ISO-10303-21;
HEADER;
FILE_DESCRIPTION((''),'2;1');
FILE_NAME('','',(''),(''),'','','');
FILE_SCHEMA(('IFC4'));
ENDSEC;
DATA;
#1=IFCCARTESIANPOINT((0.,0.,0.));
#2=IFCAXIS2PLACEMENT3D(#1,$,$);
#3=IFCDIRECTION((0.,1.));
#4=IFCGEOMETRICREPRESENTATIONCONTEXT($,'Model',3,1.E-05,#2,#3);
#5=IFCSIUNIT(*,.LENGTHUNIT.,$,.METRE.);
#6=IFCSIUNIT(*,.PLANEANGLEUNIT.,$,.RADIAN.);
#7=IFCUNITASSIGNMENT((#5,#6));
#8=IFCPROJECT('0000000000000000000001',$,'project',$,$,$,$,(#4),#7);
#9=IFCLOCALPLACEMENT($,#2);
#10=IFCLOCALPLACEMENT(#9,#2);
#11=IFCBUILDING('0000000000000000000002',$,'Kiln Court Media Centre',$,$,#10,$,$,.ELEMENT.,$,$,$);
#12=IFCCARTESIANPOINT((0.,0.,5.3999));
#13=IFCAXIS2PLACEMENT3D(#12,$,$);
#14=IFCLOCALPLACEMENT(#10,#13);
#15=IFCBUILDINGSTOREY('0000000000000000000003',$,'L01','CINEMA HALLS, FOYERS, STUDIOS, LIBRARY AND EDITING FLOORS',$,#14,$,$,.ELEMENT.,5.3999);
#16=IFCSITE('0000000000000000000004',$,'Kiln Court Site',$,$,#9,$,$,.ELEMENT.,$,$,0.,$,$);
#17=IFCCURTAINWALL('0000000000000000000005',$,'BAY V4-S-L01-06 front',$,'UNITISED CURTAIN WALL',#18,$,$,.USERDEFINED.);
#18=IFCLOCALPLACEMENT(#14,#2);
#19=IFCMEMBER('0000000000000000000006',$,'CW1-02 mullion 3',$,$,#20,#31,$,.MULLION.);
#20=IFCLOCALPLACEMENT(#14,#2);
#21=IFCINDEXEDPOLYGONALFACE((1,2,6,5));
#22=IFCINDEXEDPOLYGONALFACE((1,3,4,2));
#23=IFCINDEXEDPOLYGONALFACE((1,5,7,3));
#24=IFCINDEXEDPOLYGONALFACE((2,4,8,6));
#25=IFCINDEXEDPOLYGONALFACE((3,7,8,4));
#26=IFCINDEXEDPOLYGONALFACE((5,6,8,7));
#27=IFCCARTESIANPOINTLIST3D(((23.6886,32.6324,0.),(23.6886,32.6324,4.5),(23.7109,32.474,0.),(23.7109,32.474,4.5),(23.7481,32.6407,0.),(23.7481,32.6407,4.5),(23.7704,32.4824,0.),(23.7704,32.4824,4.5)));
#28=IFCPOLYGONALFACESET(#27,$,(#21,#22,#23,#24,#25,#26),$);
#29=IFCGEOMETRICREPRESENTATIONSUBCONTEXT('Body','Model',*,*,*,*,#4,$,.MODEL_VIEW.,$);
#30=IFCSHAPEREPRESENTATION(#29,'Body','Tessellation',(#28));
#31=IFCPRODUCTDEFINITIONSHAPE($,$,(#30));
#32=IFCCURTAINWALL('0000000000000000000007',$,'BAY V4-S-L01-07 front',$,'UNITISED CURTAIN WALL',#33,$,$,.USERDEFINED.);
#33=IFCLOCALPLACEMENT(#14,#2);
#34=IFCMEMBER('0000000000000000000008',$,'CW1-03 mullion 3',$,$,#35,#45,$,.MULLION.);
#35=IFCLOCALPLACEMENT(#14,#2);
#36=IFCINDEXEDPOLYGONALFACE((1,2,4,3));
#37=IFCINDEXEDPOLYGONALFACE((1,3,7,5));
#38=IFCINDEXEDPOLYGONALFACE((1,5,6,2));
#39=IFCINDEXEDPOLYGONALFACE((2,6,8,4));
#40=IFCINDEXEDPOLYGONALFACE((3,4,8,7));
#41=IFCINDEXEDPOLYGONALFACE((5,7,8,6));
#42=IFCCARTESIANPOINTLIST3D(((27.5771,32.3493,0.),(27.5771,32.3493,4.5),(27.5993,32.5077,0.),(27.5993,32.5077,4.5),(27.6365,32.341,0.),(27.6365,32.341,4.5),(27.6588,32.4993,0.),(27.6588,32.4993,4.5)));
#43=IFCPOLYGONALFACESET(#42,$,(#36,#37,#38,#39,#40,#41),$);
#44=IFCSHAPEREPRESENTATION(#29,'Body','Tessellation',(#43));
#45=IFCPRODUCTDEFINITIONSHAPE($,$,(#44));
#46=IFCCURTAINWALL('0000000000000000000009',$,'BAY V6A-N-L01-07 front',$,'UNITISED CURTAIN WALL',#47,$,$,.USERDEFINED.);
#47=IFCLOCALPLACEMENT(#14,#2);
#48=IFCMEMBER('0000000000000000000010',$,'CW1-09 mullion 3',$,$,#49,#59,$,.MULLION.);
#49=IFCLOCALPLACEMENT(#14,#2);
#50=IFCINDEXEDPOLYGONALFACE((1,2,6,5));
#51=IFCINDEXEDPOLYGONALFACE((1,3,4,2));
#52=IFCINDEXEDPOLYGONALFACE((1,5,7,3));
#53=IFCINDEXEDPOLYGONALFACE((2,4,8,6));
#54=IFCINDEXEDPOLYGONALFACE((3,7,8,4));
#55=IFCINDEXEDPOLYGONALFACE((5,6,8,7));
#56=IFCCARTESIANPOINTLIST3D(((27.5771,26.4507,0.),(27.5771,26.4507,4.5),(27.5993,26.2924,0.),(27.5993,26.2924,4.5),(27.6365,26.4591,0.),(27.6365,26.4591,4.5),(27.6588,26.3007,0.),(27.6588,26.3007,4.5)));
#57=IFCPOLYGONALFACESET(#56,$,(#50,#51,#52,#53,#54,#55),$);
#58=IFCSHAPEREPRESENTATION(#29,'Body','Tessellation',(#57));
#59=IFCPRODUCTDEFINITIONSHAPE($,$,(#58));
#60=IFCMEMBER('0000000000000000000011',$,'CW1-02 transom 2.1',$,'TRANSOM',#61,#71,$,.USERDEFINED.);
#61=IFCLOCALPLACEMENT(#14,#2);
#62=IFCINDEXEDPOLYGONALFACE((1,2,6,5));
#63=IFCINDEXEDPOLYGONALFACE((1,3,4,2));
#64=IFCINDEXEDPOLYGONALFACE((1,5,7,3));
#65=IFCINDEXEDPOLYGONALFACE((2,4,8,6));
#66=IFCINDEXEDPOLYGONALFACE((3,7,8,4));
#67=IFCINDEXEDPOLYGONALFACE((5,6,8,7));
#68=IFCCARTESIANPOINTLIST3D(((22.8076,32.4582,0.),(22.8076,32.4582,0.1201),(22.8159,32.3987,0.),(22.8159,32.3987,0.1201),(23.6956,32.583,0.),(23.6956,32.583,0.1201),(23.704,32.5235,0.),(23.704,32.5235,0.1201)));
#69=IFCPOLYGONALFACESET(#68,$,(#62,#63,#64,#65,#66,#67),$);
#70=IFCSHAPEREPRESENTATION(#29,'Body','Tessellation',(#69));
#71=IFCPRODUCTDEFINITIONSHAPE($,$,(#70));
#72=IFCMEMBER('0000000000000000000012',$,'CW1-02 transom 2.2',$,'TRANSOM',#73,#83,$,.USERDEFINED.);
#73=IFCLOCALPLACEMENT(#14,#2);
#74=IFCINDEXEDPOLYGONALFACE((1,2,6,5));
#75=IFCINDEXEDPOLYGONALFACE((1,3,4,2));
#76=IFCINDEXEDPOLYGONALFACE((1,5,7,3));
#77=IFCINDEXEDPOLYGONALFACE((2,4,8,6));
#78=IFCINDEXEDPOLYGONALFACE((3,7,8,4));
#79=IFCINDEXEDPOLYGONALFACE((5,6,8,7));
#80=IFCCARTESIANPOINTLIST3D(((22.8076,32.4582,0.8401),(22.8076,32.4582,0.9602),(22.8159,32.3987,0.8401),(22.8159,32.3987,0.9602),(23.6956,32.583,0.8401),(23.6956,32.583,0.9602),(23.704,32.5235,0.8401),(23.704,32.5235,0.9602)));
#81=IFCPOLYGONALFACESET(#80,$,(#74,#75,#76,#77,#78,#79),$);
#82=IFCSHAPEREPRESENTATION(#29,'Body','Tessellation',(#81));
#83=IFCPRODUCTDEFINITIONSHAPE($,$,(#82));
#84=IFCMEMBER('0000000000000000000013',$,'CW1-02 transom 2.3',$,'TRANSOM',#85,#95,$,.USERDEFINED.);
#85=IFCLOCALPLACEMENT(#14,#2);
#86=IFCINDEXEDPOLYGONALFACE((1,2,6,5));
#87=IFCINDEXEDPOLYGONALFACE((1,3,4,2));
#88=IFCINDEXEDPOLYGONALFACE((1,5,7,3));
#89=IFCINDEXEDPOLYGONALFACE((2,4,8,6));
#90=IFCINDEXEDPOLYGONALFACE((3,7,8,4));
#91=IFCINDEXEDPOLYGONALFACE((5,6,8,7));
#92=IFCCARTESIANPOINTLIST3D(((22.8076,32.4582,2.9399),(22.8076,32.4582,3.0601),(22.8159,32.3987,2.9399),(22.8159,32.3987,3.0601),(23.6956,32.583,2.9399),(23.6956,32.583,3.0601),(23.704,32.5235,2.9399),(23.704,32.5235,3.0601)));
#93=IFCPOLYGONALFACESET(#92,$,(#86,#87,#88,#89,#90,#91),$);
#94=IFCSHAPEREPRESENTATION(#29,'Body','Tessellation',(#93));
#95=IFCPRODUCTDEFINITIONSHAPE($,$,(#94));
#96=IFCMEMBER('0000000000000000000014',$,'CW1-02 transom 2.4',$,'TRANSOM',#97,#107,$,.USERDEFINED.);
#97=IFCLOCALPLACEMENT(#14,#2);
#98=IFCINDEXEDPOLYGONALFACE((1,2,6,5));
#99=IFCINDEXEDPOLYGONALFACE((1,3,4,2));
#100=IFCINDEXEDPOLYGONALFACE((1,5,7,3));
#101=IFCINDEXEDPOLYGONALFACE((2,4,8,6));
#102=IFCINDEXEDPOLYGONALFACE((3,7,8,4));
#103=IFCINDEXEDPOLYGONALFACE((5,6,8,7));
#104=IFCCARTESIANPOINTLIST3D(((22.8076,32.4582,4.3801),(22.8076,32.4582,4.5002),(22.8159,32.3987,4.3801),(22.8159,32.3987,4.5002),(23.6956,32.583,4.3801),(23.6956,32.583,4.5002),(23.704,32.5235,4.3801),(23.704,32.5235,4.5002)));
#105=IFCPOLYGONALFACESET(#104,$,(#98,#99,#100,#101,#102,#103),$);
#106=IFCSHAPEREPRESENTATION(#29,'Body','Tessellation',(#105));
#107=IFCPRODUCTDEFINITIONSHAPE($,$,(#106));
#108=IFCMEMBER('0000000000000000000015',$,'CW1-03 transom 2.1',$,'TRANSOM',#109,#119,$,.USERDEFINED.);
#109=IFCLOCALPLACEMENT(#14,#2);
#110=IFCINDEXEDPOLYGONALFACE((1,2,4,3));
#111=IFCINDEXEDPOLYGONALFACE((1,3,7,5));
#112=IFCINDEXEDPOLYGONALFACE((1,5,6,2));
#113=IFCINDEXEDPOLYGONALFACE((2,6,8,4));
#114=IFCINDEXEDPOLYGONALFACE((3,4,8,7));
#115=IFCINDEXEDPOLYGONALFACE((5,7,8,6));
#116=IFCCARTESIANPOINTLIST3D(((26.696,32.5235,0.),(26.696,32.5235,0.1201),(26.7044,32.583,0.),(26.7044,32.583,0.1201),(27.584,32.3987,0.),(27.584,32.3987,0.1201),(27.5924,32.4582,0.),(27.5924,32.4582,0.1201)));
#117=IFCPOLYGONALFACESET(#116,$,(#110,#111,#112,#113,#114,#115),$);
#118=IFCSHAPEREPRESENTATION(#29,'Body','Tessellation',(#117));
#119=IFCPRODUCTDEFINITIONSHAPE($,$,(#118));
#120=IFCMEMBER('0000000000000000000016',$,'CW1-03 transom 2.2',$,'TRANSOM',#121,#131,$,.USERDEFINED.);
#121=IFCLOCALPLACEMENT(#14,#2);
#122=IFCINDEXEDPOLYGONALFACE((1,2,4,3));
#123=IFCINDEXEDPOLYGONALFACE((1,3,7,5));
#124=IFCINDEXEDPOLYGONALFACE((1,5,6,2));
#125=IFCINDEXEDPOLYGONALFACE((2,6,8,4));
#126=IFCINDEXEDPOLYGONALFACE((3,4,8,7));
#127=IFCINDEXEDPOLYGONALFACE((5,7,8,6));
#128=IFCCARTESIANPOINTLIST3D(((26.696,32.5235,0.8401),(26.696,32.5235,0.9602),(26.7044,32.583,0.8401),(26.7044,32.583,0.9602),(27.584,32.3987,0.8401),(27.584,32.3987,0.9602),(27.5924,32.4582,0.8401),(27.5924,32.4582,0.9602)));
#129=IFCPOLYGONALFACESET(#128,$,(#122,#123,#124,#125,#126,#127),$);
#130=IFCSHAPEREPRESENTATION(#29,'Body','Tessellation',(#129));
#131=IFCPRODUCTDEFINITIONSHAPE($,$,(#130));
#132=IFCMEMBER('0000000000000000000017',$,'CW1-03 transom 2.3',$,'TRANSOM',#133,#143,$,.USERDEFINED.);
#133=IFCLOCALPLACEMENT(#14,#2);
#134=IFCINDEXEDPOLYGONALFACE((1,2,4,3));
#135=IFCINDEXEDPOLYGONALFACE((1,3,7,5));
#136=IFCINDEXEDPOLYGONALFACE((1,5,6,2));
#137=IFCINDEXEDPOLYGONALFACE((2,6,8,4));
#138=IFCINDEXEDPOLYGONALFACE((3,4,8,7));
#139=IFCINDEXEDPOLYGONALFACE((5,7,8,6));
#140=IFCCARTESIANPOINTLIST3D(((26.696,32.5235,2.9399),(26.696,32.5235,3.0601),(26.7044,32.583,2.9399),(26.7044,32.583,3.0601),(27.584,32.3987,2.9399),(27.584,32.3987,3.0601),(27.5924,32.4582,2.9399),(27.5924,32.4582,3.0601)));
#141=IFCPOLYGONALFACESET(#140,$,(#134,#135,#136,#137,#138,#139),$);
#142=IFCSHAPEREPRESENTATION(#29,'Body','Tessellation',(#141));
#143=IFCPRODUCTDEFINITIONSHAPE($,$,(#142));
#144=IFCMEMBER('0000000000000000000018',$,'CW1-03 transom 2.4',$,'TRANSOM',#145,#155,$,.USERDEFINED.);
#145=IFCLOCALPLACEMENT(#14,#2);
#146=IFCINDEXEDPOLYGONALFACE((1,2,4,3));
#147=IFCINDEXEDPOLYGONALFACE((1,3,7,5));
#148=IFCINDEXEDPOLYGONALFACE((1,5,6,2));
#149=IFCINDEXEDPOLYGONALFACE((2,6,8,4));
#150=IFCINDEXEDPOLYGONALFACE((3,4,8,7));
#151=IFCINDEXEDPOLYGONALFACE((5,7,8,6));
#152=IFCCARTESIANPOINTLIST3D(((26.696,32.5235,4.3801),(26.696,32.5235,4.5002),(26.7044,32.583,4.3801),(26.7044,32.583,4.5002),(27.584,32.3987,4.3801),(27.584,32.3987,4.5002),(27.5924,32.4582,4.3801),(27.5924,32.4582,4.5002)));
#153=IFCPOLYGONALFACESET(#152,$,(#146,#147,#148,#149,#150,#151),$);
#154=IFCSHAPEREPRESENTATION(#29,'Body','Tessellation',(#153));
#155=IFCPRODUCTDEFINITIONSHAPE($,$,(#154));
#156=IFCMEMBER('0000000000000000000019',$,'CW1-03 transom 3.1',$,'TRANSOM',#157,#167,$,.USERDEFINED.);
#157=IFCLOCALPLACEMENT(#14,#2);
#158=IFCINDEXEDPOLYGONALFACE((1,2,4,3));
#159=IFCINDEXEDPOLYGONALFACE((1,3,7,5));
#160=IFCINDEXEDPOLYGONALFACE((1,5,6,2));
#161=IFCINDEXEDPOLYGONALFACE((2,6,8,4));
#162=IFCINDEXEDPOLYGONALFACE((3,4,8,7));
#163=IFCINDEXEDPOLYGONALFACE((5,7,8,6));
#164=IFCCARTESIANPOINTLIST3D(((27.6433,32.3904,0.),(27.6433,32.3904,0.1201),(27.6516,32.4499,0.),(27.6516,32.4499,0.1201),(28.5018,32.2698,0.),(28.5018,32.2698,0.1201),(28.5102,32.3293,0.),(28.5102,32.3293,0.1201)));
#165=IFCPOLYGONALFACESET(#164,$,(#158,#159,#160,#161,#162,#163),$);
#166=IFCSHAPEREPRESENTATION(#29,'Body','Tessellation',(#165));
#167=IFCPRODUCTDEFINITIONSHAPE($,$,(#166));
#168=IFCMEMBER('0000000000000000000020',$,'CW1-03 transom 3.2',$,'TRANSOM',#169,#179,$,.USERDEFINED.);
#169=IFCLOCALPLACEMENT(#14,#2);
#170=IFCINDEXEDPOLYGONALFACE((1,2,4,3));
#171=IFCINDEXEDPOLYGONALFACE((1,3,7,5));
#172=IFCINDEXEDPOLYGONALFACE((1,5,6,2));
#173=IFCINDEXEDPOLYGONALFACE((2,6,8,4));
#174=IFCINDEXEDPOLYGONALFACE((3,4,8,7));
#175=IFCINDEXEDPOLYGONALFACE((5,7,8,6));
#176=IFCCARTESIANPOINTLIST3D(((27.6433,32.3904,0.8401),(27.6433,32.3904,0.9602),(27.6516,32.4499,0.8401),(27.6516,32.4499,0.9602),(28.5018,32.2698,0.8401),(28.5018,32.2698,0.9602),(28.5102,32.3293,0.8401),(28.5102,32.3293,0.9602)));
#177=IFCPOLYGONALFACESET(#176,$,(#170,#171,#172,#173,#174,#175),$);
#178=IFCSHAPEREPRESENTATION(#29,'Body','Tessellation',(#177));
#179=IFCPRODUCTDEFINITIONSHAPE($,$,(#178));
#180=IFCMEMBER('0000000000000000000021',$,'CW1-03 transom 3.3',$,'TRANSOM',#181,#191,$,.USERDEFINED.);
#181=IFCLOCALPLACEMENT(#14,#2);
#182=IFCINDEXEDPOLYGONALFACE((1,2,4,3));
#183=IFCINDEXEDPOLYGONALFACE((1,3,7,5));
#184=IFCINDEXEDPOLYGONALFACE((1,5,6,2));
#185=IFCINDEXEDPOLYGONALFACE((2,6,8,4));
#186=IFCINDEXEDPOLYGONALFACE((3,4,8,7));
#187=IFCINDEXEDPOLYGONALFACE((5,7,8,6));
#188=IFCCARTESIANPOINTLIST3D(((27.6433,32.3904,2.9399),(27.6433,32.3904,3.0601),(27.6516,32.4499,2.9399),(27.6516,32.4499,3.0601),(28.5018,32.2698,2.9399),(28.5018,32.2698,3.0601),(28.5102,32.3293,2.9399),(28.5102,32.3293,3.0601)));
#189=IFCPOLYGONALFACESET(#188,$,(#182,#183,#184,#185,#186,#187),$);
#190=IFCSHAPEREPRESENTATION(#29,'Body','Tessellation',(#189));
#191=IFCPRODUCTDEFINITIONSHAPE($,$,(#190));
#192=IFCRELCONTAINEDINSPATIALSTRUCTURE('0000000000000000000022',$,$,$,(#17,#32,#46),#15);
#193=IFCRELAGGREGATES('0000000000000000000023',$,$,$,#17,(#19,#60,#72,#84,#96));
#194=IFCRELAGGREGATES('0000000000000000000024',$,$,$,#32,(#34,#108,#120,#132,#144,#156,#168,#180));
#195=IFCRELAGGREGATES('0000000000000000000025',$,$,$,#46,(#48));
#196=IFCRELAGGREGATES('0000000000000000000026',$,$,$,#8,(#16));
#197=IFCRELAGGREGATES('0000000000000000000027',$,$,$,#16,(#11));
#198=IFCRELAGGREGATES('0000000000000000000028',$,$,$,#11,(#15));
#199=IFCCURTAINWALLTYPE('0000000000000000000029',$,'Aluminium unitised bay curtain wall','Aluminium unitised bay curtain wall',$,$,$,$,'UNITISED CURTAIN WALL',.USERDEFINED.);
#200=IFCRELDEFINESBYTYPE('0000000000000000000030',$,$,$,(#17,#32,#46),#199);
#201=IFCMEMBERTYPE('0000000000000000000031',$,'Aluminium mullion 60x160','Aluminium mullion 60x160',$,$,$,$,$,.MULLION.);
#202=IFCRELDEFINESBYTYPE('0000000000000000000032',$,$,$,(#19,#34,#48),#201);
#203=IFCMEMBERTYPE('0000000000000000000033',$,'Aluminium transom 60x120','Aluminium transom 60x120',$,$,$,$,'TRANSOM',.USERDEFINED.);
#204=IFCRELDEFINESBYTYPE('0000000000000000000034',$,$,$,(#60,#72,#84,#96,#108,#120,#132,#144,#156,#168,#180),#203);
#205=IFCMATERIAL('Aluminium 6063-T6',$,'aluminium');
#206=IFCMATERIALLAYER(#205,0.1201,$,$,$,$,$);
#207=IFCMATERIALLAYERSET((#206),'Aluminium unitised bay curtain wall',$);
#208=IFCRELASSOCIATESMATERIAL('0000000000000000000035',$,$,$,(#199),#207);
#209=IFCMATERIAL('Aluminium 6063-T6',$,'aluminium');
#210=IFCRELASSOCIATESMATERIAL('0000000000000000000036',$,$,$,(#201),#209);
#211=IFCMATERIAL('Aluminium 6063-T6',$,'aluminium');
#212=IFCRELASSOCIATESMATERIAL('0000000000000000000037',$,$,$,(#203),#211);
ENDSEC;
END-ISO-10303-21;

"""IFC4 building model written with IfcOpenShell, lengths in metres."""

from ifc_helpers import new_model, si_unit, direction, frame, origin, origin_2d, place, context, subcontext, project, spatial, rectangle, extrude, material, layer, layer_set, material_profile, profile_set, type_object, element, aggregate, save


model = new_model("IFC4")

# Units and contexts
model_context = context("Model", 3, precision=1e-05, world=origin(), true_north=direction((0.0, 1.0)))
body_context = subcontext(model_context, "Body", "Model", "MODEL_VIEW")
ifc_project = project(units=[si_unit("LENGTHUNIT", "METRE"), si_unit("PLANEANGLEUNIT", "RADIAN")], contexts=[model_context])

# Site, building, storey
site_placement = place(None, origin())
site = spatial("IfcSite", under=ifc_project, at=site_placement, Name="Kiln Court Site", CompositionType="ELEMENT", RefElevation=0.0)
building_placement = place(site_placement, origin())
building = spatial("IfcBuilding", under=site, at=building_placement, Name="Kiln Court Media Centre", CompositionType="ELEMENT")
storey_placement = place(building_placement, frame((0.0, 0.0, 5.3999)))
storey = spatial("IfcBuildingStorey", under=building, at=storey_placement, Name="L01", Description="CINEMA HALLS, FOYERS, STUDIOS, LIBRARY AND EDITING FLOORS", CompositionType="ELEMENT", Elevation=5.3999)

# Curtain walls, members
ifc_material_1 = material(Name="Aluminium 6063-T6", Category="aluminium")
ifc_layer_1 = layer(ifc_material_1, 0.1201)
ifc_layer_set_1 = layer_set([ifc_layer_1], Name="Aluminium unitised bay curtain wall")
curtain_wall_type = type_object("IfcCurtainWallType", Name="Aluminium unitised bay curtain wall", Description="Aluminium unitised bay curtain wall", ElementType="UNITISED CURTAIN WALL", PredefinedType="USERDEFINED", material=ifc_layer_set_1)
curtain_wall_1_placement = place(storey_placement, origin())
curtain_wall_1 = element("IfcCurtainWall", 1, at=curtain_wall_1_placement, inside=storey, type_object=curtain_wall_type, Name="BAY V4-S-L01-06 front", ObjectType="UNITISED CURTAIN WALL", PredefinedType="USERDEFINED")
ifc_material_2 = material(Name="Aluminium 6063-T6", Category="aluminium")
ifc_material_profile_1 = material_profile(ifc_material_2, rectangle(XDim=0.0601, YDim=0.1599, at=origin_2d()), Name="Aluminium mullion 60x160")
ifc_profile_set_1 = profile_set([ifc_material_profile_1], Name="Aluminium 6063-T6")
member_type_1 = type_object("IfcMemberType", Name="Aluminium mullion 60x160", Description="Aluminium mullion 60x160", PredefinedType="MULLION", material=ifc_profile_set_1)
member_1_placement = place(storey_placement, frame((23.7295, 32.5574, 0.0), z_axis=(0.0, 0.0, 1.0), x_axis=(0.99027, 0.139162, 0.0)))
member_1 = element("IfcMember", 2, at=member_1_placement, type_object=member_type_1, Name="CW1-02 mullion 3", PredefinedType="MULLION", context=body_context, shape_type="SweptSolid", body=[
    extrude(rectangle(XDim=0.0601, YDim=0.1599, at=origin_2d()), origin(), (0.0, 0.0, 1.0), 4.5),
])
curtain_wall_2_placement = place(storey_placement, origin())
curtain_wall_2 = element("IfcCurtainWall", 3, at=curtain_wall_2_placement, inside=storey, type_object=curtain_wall_type, Name="BAY V4-S-L01-07 front", ObjectType="UNITISED CURTAIN WALL", PredefinedType="USERDEFINED")
member_2_placement = place(storey_placement, frame((27.6179, 32.4243, 0.0), z_axis=(0.0, 0.0, 1.0), x_axis=(0.99027, -0.139162, 0.0)))
member_2 = element("IfcMember", 4, at=member_2_placement, type_object=member_type_1, Name="CW1-03 mullion 3", PredefinedType="MULLION", context=body_context, shape_type="SweptSolid", body=[
    extrude(rectangle(XDim=0.0601, YDim=0.1599, at=origin_2d()), origin(), (0.0, 0.0, 1.0), 4.5),
])
curtain_wall_3_placement = place(storey_placement, origin())
curtain_wall_3 = element("IfcCurtainWall", 5, at=curtain_wall_3_placement, inside=storey, type_object=curtain_wall_type, Name="BAY V6A-N-L01-07 front", ObjectType="UNITISED CURTAIN WALL", PredefinedType="USERDEFINED")
member_3_placement = place(storey_placement, frame((27.6179, 26.3757, 0.0), z_axis=(0.0, 0.0, 1.0), x_axis=(0.99027, 0.139162, 0.0)))
member_3 = element("IfcMember", 6, at=member_3_placement, type_object=member_type_1, Name="CW1-09 mullion 3", PredefinedType="MULLION", context=body_context, shape_type="SweptSolid", body=[
    extrude(rectangle(XDim=0.0601, YDim=0.1599, at=origin_2d()), origin(), (0.0, 0.0, 1.0), 4.5),
])

# Members
ifc_material_3 = material(Name="Aluminium 6063-T6", Category="aluminium")
ifc_material_profile_2 = material_profile(ifc_material_3, rectangle(XDim=0.0601, YDim=0.1201, at=origin_2d()), Name="Aluminium transom 60x120")
ifc_profile_set_2 = profile_set([ifc_material_profile_2], Name="Aluminium 6063-T6")
member_type_2 = type_object("IfcMemberType", Name="Aluminium transom 60x120", Description="Aluminium transom 60x120", ElementType="TRANSOM", PredefinedType="USERDEFINED", material=ifc_profile_set_2)
member_4_placement = place(storey_placement, frame((22.8118, 32.4285, 0.0601), z_axis=(0.990274, 0.139134, 0.0), x_axis=(-0.139134, 0.990274, 0.0)))
member_4 = element("IfcMember", 7, at=member_4_placement, type_object=member_type_2, Name="CW1-02 transom 2.1", ObjectType="TRANSOM", PredefinedType="USERDEFINED", context=body_context, shape_type="SweptSolid", body=[
    extrude(rectangle(XDim=0.0601, YDim=0.1201, at=origin_2d()), origin(), (0.0, 0.0, 1.0), 0.8967),
])
member_5_placement = place(storey_placement, frame((22.8118, 32.4285, 0.9001), z_axis=(0.990274, 0.139134, 0.0), x_axis=(-0.139134, 0.990274, 0.0)))
member_5 = element("IfcMember", 8, at=member_5_placement, type_object=member_type_2, Name="CW1-02 transom 2.2", ObjectType="TRANSOM", PredefinedType="USERDEFINED", context=body_context, shape_type="SweptSolid", body=[
    extrude(rectangle(XDim=0.0601, YDim=0.1201, at=origin_2d()), origin(), (0.0, 0.0, 1.0), 0.8967),
])
member_6_placement = place(storey_placement, frame((22.8118, 32.4285, 3.0), z_axis=(0.990274, 0.139134, 0.0), x_axis=(-0.139134, 0.990274, 0.0)))
member_6 = element("IfcMember", 9, at=member_6_placement, type_object=member_type_2, Name="CW1-02 transom 2.3", ObjectType="TRANSOM", PredefinedType="USERDEFINED", context=body_context, shape_type="SweptSolid", body=[
    extrude(rectangle(XDim=0.0601, YDim=0.1201, at=origin_2d()), origin(), (0.0, 0.0, 1.0), 0.8967),
])
member_7_placement = place(storey_placement, frame((22.8118, 32.4285, 4.4402), z_axis=(0.990274, 0.139134, 0.0), x_axis=(-0.139134, 0.990274, 0.0)))
member_7 = element("IfcMember", 10, at=member_7_placement, type_object=member_type_2, Name="CW1-02 transom 2.4", ObjectType="TRANSOM", PredefinedType="USERDEFINED", context=body_context, shape_type="SweptSolid", body=[
    extrude(rectangle(XDim=0.0601, YDim=0.1201, at=origin_2d()), origin(), (0.0, 0.0, 1.0), 0.8967),
])
member_8_placement = place(storey_placement, frame((26.7002, 32.5532, 0.0601), z_axis=(0.990274, -0.139134, 0.0), x_axis=(0.139134, 0.990274, 0.0)))
member_8 = element("IfcMember", 11, at=member_8_placement, type_object=member_type_2, Name="CW1-03 transom 2.1", ObjectType="TRANSOM", PredefinedType="USERDEFINED", context=body_context, shape_type="SweptSolid", body=[
    extrude(rectangle(XDim=0.0601, YDim=0.1201, at=origin_2d()), origin(), (0.0, 0.0, 1.0), 0.8967),
])
member_9_placement = place(storey_placement, frame((26.7002, 32.5532, 0.9001), z_axis=(0.990274, -0.139134, 0.0), x_axis=(0.139134, 0.990274, 0.0)))
member_9 = element("IfcMember", 12, at=member_9_placement, type_object=member_type_2, Name="CW1-03 transom 2.2", ObjectType="TRANSOM", PredefinedType="USERDEFINED", context=body_context, shape_type="SweptSolid", body=[
    extrude(rectangle(XDim=0.0601, YDim=0.1201, at=origin_2d()), origin(), (0.0, 0.0, 1.0), 0.8967),
])
member_10_placement = place(storey_placement, frame((26.7002, 32.5532, 3.0), z_axis=(0.990274, -0.139134, 0.0), x_axis=(0.139134, 0.990274, 0.0)))
member_10 = element("IfcMember", 13, at=member_10_placement, type_object=member_type_2, Name="CW1-03 transom 2.3", ObjectType="TRANSOM", PredefinedType="USERDEFINED", context=body_context, shape_type="SweptSolid", body=[
    extrude(rectangle(XDim=0.0601, YDim=0.1201, at=origin_2d()), origin(), (0.0, 0.0, 1.0), 0.8967),
])
member_11_placement = place(storey_placement, frame((26.7002, 32.5532, 4.4402), z_axis=(0.990274, -0.139134, 0.0), x_axis=(0.139134, 0.990274, 0.0)))
member_11 = element("IfcMember", 14, at=member_11_placement, type_object=member_type_2, Name="CW1-03 transom 2.4", ObjectType="TRANSOM", PredefinedType="USERDEFINED", context=body_context, shape_type="SweptSolid", body=[
    extrude(rectangle(XDim=0.0601, YDim=0.1201, at=origin_2d()), origin(), (0.0, 0.0, 1.0), 0.8967),
])
member_12_placement = place(storey_placement, frame((27.6475, 32.4202, 0.0601), z_axis=(0.990274, -0.139134, 0.0), x_axis=(0.139134, 0.990274, 0.0)))
member_12 = element("IfcMember", 15, at=member_12_placement, type_object=member_type_2, Name="CW1-03 transom 3.1", ObjectType="TRANSOM", PredefinedType="USERDEFINED", context=body_context, shape_type="SweptSolid", body=[
    extrude(rectangle(XDim=0.0601, YDim=0.1201, at=origin_2d()), origin(), (0.0, 0.0, 1.0), 0.8669),
])
member_13_placement = place(storey_placement, frame((27.6475, 32.4202, 0.9001), z_axis=(0.990274, -0.139134, 0.0), x_axis=(0.139134, 0.990274, 0.0)))
member_13 = element("IfcMember", 16, at=member_13_placement, type_object=member_type_2, Name="CW1-03 transom 3.2", ObjectType="TRANSOM", PredefinedType="USERDEFINED", context=body_context, shape_type="SweptSolid", body=[
    extrude(rectangle(XDim=0.0601, YDim=0.1201, at=origin_2d()), origin(), (0.0, 0.0, 1.0), 0.8669),
])
member_14_placement = place(storey_placement, frame((27.6475, 32.4202, 3.0), z_axis=(0.990274, -0.139134, 0.0), x_axis=(0.139134, 0.990274, 0.0)))
member_14 = element("IfcMember", 17, at=member_14_placement, type_object=member_type_2, Name="CW1-03 transom 3.3", ObjectType="TRANSOM", PredefinedType="USERDEFINED", context=body_context, shape_type="SweptSolid", body=[
    extrude(rectangle(XDim=0.0601, YDim=0.1201, at=origin_2d()), origin(), (0.0, 0.0, 1.0), 0.8669),
])

aggregate(curtain_wall_1, [member_1, member_4, member_5, member_6, member_7])
aggregate(curtain_wall_2, [member_2, member_8, member_9, member_10, member_11, member_12, member_13, member_14])
aggregate(curtain_wall_3, [member_3])

save(model, "model.ifc")
